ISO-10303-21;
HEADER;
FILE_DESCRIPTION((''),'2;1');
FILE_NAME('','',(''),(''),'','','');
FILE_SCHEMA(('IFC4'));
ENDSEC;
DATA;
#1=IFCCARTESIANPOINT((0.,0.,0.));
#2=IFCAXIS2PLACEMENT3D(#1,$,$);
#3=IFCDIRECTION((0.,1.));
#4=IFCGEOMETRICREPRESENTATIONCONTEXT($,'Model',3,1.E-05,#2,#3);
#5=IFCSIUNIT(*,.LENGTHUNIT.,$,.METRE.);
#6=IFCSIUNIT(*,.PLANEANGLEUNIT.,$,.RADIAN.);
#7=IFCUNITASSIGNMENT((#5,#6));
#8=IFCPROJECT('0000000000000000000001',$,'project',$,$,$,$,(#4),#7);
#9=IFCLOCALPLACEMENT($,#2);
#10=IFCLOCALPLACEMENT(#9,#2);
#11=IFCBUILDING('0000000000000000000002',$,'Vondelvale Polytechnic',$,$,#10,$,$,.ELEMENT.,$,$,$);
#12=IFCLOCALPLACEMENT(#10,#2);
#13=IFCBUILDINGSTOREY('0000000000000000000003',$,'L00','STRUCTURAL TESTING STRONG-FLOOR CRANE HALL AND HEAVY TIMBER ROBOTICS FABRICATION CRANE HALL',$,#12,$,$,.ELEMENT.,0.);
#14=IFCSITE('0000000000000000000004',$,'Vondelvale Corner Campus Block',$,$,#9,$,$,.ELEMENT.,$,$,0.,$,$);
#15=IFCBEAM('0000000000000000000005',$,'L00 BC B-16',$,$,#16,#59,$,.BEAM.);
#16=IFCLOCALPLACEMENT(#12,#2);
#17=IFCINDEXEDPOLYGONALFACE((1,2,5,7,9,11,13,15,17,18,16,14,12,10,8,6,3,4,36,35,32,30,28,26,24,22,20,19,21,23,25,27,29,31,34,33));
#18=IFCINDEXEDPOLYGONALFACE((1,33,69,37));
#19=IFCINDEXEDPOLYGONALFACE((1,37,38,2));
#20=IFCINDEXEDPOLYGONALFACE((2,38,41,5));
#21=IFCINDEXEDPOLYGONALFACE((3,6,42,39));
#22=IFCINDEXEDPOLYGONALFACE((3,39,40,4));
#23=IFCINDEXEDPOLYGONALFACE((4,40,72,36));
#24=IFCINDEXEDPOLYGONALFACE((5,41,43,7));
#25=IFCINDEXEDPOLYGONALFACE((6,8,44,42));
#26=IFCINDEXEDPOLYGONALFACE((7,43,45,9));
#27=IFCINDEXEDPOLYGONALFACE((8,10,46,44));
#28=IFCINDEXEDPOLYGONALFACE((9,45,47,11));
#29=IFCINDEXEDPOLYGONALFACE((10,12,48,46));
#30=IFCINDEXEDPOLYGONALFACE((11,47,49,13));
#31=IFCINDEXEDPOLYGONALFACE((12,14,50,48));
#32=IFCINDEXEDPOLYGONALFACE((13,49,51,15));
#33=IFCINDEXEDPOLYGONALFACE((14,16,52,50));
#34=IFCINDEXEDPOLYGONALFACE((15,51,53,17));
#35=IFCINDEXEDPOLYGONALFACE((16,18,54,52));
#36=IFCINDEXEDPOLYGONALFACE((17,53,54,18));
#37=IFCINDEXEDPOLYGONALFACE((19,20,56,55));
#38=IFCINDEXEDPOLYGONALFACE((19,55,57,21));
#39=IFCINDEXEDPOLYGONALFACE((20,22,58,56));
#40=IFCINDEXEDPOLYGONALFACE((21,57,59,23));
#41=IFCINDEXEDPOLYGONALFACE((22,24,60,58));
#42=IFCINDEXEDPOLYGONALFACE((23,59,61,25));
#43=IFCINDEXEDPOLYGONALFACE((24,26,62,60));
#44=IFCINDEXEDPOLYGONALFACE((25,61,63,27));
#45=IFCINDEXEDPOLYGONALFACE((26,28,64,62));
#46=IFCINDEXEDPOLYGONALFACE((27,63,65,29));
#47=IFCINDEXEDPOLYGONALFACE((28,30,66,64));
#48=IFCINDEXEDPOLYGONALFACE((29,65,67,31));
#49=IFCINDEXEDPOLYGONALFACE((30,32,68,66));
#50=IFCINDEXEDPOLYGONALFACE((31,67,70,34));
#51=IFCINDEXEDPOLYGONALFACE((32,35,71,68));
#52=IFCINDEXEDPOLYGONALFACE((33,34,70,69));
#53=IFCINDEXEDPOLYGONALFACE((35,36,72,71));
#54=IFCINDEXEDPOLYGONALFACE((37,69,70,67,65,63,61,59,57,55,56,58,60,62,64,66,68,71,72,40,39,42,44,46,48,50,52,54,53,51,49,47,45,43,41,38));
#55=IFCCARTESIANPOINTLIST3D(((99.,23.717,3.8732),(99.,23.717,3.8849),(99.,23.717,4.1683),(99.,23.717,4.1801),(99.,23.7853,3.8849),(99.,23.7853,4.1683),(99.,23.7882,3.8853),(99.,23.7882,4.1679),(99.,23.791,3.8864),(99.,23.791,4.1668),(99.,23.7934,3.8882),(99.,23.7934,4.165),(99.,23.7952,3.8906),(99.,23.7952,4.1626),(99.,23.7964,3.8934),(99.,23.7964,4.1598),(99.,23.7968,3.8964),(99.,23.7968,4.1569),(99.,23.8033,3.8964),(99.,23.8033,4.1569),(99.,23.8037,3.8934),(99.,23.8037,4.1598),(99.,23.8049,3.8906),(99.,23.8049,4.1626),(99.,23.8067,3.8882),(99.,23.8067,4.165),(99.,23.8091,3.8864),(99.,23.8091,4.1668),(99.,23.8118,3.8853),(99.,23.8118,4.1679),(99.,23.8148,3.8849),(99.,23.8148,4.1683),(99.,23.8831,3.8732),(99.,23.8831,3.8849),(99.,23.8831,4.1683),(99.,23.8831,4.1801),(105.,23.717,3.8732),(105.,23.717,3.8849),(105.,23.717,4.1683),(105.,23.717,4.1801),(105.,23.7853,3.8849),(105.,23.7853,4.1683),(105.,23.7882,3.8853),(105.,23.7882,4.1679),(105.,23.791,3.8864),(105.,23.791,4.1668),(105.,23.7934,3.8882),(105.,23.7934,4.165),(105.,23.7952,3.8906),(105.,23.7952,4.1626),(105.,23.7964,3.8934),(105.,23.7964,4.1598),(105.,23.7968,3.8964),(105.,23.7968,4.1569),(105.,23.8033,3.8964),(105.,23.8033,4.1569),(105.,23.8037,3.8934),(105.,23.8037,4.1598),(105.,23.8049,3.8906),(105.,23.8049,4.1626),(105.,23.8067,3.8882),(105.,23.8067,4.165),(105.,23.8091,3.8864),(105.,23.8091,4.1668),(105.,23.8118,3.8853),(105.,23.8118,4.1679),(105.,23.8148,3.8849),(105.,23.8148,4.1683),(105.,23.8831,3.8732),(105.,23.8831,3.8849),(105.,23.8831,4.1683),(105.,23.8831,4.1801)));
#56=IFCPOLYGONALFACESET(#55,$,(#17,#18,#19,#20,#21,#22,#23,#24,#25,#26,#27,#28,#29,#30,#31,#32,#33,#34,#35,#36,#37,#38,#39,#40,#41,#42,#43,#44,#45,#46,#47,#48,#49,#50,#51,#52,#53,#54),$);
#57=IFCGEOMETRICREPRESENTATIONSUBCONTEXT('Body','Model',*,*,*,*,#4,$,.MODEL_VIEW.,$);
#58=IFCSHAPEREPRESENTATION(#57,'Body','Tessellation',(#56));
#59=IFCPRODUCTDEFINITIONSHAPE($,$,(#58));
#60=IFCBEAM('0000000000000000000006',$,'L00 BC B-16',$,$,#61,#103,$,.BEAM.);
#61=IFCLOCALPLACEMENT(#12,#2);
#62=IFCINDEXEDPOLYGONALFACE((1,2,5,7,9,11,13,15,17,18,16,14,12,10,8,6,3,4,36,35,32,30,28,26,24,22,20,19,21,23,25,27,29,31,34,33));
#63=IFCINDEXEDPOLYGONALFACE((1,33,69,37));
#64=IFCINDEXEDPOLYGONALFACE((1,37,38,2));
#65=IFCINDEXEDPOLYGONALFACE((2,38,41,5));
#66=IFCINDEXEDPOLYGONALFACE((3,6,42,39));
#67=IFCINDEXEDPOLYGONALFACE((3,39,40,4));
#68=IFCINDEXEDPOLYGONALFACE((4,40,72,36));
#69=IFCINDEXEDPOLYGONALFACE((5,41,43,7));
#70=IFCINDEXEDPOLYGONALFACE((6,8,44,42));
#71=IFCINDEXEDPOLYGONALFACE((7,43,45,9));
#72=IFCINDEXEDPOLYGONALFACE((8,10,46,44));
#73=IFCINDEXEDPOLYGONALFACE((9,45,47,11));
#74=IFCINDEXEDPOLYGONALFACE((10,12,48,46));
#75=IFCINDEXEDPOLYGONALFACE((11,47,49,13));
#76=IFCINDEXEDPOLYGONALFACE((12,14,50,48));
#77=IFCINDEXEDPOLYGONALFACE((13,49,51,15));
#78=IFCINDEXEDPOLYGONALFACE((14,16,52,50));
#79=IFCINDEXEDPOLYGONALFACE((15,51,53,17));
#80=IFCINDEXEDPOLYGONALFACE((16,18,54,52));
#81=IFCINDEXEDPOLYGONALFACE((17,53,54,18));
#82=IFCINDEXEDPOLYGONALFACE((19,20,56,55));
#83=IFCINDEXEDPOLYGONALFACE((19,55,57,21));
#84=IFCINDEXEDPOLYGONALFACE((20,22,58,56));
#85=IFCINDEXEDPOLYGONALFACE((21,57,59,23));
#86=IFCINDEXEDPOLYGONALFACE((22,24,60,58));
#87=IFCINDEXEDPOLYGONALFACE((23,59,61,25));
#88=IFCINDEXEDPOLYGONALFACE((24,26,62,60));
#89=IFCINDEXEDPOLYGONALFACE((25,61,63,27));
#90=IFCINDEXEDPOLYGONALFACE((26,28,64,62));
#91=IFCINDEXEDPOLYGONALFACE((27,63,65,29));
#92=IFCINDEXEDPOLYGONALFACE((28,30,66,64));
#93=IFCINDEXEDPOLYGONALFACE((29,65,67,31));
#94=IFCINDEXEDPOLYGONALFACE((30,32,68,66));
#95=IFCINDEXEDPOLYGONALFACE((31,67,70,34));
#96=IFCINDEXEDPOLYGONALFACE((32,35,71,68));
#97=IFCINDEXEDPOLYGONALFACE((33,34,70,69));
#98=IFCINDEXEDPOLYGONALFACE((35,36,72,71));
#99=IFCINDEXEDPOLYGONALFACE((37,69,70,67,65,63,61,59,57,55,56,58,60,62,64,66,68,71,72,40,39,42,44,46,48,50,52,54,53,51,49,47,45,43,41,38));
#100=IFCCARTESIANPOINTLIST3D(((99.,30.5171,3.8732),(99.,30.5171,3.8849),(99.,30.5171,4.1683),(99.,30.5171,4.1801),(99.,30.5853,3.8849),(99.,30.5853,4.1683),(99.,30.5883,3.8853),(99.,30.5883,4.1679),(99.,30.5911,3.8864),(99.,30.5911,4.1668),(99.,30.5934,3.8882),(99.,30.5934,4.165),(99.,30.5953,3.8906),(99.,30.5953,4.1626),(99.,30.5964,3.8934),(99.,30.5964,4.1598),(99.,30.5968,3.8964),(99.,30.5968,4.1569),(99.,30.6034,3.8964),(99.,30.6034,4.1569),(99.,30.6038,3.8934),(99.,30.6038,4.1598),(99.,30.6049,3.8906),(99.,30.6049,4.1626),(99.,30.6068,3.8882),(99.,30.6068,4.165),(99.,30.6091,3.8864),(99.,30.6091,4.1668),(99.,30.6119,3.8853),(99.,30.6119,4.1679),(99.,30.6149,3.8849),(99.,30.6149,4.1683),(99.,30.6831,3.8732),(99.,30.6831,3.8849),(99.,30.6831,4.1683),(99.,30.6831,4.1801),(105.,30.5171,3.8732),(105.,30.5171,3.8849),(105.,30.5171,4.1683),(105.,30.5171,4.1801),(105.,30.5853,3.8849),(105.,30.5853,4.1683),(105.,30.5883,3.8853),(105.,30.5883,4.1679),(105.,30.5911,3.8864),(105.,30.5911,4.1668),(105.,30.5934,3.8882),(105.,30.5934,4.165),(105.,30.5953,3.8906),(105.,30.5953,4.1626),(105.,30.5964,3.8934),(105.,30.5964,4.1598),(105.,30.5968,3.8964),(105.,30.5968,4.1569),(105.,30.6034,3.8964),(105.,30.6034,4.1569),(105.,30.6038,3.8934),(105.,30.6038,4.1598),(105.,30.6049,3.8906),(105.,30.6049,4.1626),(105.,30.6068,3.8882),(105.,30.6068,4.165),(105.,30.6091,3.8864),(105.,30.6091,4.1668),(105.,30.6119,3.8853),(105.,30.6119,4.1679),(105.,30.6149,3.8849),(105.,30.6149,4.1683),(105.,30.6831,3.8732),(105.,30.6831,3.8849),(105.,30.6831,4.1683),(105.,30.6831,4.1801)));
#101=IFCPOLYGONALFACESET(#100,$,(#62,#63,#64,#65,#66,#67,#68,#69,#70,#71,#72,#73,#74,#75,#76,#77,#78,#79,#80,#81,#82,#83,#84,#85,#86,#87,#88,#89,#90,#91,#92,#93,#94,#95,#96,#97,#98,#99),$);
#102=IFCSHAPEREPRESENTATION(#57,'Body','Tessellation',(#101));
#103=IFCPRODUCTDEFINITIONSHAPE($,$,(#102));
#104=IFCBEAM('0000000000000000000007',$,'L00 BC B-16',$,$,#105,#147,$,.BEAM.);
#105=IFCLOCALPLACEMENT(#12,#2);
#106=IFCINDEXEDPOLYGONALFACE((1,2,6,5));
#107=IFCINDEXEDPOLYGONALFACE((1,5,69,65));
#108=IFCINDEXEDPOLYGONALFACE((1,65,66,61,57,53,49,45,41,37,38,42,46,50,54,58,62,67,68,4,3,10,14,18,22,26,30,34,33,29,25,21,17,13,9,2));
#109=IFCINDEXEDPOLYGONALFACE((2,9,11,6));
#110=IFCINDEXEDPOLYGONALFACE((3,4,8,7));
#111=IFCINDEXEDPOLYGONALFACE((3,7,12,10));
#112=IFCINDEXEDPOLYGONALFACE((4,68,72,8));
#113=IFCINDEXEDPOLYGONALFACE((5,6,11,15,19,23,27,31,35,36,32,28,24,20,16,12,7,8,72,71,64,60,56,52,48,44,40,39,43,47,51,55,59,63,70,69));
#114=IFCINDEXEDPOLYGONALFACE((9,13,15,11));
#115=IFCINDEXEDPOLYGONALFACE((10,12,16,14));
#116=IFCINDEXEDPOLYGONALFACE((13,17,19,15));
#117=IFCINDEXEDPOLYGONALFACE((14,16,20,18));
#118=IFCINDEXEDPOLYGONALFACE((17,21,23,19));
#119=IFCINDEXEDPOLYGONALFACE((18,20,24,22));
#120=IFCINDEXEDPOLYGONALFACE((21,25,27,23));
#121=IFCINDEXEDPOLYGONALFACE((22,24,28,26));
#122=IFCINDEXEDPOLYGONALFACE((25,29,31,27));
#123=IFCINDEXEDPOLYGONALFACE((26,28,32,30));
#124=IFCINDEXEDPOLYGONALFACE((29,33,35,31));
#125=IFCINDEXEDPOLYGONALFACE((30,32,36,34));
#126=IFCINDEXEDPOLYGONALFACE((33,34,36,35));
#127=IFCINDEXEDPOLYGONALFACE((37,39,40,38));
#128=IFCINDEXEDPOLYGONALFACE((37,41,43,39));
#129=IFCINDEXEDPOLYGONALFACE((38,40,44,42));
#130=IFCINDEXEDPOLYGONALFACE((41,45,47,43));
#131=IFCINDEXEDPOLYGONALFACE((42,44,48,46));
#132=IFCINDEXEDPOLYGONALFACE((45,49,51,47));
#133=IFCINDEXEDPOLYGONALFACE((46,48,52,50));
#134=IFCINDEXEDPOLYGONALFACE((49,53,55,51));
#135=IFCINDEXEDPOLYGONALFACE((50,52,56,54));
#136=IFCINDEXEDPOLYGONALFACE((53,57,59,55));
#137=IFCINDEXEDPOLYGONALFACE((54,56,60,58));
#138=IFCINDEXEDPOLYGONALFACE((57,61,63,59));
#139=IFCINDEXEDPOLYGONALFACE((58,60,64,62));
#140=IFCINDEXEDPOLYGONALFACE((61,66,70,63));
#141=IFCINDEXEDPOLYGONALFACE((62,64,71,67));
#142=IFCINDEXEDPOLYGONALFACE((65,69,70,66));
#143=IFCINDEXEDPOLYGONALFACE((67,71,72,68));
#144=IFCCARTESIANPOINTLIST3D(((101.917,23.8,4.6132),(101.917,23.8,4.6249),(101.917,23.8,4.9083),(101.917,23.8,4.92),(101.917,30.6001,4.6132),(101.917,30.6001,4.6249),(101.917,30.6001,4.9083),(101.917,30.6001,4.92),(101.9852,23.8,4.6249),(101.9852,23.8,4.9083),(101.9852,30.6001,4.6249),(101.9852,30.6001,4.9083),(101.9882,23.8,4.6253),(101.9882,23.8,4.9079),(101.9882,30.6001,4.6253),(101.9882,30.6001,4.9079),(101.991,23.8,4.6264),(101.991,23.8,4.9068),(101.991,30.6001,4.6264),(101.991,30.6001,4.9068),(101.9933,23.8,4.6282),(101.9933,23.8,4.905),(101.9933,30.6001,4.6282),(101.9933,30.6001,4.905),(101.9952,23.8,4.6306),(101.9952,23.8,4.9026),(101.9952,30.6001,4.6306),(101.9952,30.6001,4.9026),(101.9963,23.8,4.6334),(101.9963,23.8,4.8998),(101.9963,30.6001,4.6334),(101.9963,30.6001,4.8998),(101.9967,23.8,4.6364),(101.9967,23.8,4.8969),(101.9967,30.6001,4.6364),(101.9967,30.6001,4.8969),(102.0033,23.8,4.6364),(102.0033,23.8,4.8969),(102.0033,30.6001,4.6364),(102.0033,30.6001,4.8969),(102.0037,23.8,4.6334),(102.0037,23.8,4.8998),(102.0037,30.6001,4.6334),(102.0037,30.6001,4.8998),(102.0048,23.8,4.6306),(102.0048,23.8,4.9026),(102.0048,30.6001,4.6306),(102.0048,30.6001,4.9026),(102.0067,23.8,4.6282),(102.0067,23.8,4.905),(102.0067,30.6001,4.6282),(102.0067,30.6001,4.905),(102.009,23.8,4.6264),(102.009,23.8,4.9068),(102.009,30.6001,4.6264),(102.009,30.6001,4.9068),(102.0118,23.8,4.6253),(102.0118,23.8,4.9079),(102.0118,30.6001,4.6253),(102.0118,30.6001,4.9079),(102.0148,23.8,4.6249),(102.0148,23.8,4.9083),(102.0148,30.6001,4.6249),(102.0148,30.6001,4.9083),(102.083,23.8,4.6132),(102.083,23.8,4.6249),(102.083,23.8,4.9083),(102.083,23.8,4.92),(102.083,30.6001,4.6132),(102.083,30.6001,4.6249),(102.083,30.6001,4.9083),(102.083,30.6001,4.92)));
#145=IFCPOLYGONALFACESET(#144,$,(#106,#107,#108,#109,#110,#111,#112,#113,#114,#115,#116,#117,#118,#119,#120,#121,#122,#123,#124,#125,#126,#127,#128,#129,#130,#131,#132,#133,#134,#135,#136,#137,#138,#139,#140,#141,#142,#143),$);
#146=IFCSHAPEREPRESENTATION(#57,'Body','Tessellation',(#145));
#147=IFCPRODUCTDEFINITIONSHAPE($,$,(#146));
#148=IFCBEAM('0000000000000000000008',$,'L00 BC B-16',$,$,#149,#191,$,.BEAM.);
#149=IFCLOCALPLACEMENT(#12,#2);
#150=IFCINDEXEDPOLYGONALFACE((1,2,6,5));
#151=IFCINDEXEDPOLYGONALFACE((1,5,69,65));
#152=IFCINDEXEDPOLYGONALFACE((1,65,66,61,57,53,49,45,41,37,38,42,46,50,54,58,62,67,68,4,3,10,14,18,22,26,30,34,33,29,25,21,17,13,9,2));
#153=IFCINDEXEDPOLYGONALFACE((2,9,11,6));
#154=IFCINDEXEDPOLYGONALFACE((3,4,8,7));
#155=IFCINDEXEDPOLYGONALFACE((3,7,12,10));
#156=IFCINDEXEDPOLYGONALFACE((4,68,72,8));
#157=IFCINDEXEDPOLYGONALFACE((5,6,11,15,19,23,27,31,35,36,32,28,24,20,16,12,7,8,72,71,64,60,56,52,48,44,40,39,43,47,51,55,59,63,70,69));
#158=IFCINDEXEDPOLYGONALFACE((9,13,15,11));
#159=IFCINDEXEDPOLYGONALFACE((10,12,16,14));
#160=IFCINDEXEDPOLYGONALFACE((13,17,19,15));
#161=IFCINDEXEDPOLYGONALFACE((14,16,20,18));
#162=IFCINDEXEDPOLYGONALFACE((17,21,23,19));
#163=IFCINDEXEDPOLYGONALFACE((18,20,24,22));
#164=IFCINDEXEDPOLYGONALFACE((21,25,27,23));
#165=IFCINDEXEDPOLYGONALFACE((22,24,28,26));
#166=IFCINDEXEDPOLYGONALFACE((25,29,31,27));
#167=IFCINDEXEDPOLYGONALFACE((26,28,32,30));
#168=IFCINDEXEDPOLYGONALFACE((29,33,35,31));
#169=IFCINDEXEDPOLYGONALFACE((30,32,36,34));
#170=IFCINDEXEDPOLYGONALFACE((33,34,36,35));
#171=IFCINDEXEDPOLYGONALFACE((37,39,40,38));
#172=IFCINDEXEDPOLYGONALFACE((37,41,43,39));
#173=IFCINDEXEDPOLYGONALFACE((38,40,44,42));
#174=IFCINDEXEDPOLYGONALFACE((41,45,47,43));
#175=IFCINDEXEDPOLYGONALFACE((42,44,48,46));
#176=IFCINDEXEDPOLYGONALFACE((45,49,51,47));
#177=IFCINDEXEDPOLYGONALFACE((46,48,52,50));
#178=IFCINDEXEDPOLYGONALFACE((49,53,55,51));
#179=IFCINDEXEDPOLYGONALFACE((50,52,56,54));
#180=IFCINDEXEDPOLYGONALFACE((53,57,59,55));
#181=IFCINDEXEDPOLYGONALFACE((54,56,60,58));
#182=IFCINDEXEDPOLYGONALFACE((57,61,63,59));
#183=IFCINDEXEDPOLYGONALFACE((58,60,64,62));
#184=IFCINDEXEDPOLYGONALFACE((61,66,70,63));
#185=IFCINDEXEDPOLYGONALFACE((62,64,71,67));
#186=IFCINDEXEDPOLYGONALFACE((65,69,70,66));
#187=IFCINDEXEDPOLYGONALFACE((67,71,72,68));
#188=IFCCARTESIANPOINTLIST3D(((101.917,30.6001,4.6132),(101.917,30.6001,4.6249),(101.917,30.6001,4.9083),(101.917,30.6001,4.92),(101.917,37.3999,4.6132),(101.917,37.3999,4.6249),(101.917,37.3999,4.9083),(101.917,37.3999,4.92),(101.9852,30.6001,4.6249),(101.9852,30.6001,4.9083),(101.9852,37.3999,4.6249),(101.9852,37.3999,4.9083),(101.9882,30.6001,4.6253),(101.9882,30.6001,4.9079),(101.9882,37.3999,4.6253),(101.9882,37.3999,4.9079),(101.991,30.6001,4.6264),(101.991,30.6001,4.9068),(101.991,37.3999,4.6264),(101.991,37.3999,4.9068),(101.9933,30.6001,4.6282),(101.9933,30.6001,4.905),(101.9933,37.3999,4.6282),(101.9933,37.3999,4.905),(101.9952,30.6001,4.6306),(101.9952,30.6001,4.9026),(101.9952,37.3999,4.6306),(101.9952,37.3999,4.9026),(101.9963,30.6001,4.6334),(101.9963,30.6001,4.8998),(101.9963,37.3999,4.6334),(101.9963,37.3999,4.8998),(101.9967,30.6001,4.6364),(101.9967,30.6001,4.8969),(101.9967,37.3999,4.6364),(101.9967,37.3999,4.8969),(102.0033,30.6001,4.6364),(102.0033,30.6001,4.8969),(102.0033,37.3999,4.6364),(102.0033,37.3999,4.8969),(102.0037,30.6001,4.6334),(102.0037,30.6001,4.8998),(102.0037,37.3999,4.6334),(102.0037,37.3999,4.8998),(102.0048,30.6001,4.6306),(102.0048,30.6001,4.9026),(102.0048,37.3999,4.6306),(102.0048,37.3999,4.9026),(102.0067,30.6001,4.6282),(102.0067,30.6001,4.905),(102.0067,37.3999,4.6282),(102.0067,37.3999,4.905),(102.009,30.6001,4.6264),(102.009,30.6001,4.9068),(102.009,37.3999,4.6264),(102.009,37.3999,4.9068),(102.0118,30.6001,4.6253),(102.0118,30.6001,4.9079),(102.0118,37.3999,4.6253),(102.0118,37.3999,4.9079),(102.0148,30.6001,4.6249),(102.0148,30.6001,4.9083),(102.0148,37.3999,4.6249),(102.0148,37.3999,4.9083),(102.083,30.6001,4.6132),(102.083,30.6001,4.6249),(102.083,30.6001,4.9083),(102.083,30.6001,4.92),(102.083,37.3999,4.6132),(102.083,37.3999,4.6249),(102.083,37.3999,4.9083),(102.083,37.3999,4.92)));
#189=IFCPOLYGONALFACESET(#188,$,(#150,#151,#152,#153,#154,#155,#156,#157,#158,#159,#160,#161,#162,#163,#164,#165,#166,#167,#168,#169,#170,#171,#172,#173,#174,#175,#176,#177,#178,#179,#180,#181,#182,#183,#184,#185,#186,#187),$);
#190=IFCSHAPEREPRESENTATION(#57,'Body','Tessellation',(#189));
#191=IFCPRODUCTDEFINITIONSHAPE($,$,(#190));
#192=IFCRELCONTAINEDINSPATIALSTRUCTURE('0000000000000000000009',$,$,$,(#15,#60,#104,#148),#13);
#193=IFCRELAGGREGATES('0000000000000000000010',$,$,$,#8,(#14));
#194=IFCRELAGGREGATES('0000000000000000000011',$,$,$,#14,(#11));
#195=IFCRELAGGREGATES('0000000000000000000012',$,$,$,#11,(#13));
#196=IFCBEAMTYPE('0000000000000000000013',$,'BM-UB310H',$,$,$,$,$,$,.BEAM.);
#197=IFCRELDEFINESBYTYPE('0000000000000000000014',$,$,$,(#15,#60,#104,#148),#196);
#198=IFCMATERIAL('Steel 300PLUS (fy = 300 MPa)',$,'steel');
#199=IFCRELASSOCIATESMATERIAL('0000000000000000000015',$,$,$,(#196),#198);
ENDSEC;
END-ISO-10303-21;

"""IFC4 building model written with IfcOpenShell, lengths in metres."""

from ifc_helpers import new_model, si_unit, direction, frame, origin, origin_2d, place, context, subcontext, project, spatial, i_section, extrude, material, material_profile, profile_set, type_object, element, save


model = new_model("IFC4")

# Units and contexts
model_context = context("Model", 3, precision=1e-05, world=origin(), true_north=direction((0.0, 1.0)))
body_context = subcontext(model_context, "Body", "Model", "MODEL_VIEW")
ifc_project = project(units=[si_unit("LENGTHUNIT", "METRE"), si_unit("PLANEANGLEUNIT", "RADIAN")], contexts=[model_context])

# Site, building, storey
site_placement = place(None, origin())
site = spatial("IfcSite", under=ifc_project, at=site_placement, Name="Vondelvale Corner Campus Block", CompositionType="ELEMENT", RefElevation=0.0)
building_placement = place(site_placement, origin())
building = spatial("IfcBuilding", under=site, at=building_placement, Name="Vondelvale Polytechnic", CompositionType="ELEMENT")
storey_placement = place(building_placement, origin())
storey = spatial("IfcBuildingStorey", under=building, at=storey_placement, Name="L00", Description="STRUCTURAL TESTING STRONG-FLOOR CRANE HALL AND HEAVY TIMBER ROBOTICS FABRICATION CRANE HALL", CompositionType="ELEMENT", Elevation=0.0)

# Shared definitions
ifc_material_1 = material(Name="Steel 300PLUS (fy = 300 MPa)", Category="steel")

# Beams
ifc_material_profile_1 = material_profile(ifc_material_1, i_section(OverallWidth=0.166, OverallDepth=0.3069, WebThickness=0.0066, FlangeThickness=0.0117, FilletRadius=0.0115, at=origin_2d()), Name="310UB46.2")
ifc_profile_set_1 = profile_set([ifc_material_profile_1], Name="Steel 300PLUS (fy = 300 MPa)")
beam_type_1 = type_object("IfcBeamType", Name="BM-UB310H", PredefinedType="BEAM", material=ifc_profile_set_1)
for number, where, z_axis, x_axis, name in (
    (1, (99.0, 23.8, 4.0266), (1.0, 0.0, 0.0), (0.0, 1.0, 0.0), "L00 BC B-16"),
    (2, (99.0, 30.6001, 4.0266), (1.0, 0.0, 0.0), (0.0, 1.0, 0.0), "L00 BC B-16"),
):
    element("IfcBeam", number, at=place(storey_placement, frame(where, z_axis=z_axis, x_axis=x_axis)), inside=storey, type_object=beam_type_1, Name=name, PredefinedType="BEAM", context=body_context, shape_type="SweptSolid", body=[
        extrude(i_section(OverallWidth=0.166, OverallDepth=0.3069, WebThickness=0.0066, FlangeThickness=0.0117, FilletRadius=0.0115, at=origin_2d()), origin(), (0.0, 0.0, 1.0), 6.0),
    ])
beam_1_placement = place(storey_placement, frame((102.0, 23.8, 4.7666), z_axis=(0.0, 1.0, 0.0), x_axis=(-1.0, 0.0, 0.0)))
element("IfcBeam", 3, at=beam_1_placement, inside=storey, type_object=beam_type_1, Name="L00 BC B-16", PredefinedType="BEAM", context=body_context, shape_type="SweptSolid", body=[
    extrude(i_section(OverallWidth=0.166, OverallDepth=0.3069, WebThickness=0.0066, FlangeThickness=0.0117, FilletRadius=0.0115, at=origin_2d()), origin(), (0.0, 0.0, 1.0), 6.8),
])
beam_2_placement = place(storey_placement, frame((102.0, 30.6001, 4.7666), z_axis=(0.0, 1.0, 0.0), x_axis=(-1.0, 0.0, 0.0)))
element("IfcBeam", 4, at=beam_2_placement, inside=storey, type_object=beam_type_1, Name="L00 BC B-16", PredefinedType="BEAM", context=body_context, shape_type="SweptSolid", body=[
    extrude(i_section(OverallWidth=0.166, OverallDepth=0.3069, WebThickness=0.0066, FlangeThickness=0.0117, FilletRadius=0.0115, at=origin_2d()), origin(), (0.0, 0.0, 1.0), 6.7998),
])

save(model, "model.ifc")
